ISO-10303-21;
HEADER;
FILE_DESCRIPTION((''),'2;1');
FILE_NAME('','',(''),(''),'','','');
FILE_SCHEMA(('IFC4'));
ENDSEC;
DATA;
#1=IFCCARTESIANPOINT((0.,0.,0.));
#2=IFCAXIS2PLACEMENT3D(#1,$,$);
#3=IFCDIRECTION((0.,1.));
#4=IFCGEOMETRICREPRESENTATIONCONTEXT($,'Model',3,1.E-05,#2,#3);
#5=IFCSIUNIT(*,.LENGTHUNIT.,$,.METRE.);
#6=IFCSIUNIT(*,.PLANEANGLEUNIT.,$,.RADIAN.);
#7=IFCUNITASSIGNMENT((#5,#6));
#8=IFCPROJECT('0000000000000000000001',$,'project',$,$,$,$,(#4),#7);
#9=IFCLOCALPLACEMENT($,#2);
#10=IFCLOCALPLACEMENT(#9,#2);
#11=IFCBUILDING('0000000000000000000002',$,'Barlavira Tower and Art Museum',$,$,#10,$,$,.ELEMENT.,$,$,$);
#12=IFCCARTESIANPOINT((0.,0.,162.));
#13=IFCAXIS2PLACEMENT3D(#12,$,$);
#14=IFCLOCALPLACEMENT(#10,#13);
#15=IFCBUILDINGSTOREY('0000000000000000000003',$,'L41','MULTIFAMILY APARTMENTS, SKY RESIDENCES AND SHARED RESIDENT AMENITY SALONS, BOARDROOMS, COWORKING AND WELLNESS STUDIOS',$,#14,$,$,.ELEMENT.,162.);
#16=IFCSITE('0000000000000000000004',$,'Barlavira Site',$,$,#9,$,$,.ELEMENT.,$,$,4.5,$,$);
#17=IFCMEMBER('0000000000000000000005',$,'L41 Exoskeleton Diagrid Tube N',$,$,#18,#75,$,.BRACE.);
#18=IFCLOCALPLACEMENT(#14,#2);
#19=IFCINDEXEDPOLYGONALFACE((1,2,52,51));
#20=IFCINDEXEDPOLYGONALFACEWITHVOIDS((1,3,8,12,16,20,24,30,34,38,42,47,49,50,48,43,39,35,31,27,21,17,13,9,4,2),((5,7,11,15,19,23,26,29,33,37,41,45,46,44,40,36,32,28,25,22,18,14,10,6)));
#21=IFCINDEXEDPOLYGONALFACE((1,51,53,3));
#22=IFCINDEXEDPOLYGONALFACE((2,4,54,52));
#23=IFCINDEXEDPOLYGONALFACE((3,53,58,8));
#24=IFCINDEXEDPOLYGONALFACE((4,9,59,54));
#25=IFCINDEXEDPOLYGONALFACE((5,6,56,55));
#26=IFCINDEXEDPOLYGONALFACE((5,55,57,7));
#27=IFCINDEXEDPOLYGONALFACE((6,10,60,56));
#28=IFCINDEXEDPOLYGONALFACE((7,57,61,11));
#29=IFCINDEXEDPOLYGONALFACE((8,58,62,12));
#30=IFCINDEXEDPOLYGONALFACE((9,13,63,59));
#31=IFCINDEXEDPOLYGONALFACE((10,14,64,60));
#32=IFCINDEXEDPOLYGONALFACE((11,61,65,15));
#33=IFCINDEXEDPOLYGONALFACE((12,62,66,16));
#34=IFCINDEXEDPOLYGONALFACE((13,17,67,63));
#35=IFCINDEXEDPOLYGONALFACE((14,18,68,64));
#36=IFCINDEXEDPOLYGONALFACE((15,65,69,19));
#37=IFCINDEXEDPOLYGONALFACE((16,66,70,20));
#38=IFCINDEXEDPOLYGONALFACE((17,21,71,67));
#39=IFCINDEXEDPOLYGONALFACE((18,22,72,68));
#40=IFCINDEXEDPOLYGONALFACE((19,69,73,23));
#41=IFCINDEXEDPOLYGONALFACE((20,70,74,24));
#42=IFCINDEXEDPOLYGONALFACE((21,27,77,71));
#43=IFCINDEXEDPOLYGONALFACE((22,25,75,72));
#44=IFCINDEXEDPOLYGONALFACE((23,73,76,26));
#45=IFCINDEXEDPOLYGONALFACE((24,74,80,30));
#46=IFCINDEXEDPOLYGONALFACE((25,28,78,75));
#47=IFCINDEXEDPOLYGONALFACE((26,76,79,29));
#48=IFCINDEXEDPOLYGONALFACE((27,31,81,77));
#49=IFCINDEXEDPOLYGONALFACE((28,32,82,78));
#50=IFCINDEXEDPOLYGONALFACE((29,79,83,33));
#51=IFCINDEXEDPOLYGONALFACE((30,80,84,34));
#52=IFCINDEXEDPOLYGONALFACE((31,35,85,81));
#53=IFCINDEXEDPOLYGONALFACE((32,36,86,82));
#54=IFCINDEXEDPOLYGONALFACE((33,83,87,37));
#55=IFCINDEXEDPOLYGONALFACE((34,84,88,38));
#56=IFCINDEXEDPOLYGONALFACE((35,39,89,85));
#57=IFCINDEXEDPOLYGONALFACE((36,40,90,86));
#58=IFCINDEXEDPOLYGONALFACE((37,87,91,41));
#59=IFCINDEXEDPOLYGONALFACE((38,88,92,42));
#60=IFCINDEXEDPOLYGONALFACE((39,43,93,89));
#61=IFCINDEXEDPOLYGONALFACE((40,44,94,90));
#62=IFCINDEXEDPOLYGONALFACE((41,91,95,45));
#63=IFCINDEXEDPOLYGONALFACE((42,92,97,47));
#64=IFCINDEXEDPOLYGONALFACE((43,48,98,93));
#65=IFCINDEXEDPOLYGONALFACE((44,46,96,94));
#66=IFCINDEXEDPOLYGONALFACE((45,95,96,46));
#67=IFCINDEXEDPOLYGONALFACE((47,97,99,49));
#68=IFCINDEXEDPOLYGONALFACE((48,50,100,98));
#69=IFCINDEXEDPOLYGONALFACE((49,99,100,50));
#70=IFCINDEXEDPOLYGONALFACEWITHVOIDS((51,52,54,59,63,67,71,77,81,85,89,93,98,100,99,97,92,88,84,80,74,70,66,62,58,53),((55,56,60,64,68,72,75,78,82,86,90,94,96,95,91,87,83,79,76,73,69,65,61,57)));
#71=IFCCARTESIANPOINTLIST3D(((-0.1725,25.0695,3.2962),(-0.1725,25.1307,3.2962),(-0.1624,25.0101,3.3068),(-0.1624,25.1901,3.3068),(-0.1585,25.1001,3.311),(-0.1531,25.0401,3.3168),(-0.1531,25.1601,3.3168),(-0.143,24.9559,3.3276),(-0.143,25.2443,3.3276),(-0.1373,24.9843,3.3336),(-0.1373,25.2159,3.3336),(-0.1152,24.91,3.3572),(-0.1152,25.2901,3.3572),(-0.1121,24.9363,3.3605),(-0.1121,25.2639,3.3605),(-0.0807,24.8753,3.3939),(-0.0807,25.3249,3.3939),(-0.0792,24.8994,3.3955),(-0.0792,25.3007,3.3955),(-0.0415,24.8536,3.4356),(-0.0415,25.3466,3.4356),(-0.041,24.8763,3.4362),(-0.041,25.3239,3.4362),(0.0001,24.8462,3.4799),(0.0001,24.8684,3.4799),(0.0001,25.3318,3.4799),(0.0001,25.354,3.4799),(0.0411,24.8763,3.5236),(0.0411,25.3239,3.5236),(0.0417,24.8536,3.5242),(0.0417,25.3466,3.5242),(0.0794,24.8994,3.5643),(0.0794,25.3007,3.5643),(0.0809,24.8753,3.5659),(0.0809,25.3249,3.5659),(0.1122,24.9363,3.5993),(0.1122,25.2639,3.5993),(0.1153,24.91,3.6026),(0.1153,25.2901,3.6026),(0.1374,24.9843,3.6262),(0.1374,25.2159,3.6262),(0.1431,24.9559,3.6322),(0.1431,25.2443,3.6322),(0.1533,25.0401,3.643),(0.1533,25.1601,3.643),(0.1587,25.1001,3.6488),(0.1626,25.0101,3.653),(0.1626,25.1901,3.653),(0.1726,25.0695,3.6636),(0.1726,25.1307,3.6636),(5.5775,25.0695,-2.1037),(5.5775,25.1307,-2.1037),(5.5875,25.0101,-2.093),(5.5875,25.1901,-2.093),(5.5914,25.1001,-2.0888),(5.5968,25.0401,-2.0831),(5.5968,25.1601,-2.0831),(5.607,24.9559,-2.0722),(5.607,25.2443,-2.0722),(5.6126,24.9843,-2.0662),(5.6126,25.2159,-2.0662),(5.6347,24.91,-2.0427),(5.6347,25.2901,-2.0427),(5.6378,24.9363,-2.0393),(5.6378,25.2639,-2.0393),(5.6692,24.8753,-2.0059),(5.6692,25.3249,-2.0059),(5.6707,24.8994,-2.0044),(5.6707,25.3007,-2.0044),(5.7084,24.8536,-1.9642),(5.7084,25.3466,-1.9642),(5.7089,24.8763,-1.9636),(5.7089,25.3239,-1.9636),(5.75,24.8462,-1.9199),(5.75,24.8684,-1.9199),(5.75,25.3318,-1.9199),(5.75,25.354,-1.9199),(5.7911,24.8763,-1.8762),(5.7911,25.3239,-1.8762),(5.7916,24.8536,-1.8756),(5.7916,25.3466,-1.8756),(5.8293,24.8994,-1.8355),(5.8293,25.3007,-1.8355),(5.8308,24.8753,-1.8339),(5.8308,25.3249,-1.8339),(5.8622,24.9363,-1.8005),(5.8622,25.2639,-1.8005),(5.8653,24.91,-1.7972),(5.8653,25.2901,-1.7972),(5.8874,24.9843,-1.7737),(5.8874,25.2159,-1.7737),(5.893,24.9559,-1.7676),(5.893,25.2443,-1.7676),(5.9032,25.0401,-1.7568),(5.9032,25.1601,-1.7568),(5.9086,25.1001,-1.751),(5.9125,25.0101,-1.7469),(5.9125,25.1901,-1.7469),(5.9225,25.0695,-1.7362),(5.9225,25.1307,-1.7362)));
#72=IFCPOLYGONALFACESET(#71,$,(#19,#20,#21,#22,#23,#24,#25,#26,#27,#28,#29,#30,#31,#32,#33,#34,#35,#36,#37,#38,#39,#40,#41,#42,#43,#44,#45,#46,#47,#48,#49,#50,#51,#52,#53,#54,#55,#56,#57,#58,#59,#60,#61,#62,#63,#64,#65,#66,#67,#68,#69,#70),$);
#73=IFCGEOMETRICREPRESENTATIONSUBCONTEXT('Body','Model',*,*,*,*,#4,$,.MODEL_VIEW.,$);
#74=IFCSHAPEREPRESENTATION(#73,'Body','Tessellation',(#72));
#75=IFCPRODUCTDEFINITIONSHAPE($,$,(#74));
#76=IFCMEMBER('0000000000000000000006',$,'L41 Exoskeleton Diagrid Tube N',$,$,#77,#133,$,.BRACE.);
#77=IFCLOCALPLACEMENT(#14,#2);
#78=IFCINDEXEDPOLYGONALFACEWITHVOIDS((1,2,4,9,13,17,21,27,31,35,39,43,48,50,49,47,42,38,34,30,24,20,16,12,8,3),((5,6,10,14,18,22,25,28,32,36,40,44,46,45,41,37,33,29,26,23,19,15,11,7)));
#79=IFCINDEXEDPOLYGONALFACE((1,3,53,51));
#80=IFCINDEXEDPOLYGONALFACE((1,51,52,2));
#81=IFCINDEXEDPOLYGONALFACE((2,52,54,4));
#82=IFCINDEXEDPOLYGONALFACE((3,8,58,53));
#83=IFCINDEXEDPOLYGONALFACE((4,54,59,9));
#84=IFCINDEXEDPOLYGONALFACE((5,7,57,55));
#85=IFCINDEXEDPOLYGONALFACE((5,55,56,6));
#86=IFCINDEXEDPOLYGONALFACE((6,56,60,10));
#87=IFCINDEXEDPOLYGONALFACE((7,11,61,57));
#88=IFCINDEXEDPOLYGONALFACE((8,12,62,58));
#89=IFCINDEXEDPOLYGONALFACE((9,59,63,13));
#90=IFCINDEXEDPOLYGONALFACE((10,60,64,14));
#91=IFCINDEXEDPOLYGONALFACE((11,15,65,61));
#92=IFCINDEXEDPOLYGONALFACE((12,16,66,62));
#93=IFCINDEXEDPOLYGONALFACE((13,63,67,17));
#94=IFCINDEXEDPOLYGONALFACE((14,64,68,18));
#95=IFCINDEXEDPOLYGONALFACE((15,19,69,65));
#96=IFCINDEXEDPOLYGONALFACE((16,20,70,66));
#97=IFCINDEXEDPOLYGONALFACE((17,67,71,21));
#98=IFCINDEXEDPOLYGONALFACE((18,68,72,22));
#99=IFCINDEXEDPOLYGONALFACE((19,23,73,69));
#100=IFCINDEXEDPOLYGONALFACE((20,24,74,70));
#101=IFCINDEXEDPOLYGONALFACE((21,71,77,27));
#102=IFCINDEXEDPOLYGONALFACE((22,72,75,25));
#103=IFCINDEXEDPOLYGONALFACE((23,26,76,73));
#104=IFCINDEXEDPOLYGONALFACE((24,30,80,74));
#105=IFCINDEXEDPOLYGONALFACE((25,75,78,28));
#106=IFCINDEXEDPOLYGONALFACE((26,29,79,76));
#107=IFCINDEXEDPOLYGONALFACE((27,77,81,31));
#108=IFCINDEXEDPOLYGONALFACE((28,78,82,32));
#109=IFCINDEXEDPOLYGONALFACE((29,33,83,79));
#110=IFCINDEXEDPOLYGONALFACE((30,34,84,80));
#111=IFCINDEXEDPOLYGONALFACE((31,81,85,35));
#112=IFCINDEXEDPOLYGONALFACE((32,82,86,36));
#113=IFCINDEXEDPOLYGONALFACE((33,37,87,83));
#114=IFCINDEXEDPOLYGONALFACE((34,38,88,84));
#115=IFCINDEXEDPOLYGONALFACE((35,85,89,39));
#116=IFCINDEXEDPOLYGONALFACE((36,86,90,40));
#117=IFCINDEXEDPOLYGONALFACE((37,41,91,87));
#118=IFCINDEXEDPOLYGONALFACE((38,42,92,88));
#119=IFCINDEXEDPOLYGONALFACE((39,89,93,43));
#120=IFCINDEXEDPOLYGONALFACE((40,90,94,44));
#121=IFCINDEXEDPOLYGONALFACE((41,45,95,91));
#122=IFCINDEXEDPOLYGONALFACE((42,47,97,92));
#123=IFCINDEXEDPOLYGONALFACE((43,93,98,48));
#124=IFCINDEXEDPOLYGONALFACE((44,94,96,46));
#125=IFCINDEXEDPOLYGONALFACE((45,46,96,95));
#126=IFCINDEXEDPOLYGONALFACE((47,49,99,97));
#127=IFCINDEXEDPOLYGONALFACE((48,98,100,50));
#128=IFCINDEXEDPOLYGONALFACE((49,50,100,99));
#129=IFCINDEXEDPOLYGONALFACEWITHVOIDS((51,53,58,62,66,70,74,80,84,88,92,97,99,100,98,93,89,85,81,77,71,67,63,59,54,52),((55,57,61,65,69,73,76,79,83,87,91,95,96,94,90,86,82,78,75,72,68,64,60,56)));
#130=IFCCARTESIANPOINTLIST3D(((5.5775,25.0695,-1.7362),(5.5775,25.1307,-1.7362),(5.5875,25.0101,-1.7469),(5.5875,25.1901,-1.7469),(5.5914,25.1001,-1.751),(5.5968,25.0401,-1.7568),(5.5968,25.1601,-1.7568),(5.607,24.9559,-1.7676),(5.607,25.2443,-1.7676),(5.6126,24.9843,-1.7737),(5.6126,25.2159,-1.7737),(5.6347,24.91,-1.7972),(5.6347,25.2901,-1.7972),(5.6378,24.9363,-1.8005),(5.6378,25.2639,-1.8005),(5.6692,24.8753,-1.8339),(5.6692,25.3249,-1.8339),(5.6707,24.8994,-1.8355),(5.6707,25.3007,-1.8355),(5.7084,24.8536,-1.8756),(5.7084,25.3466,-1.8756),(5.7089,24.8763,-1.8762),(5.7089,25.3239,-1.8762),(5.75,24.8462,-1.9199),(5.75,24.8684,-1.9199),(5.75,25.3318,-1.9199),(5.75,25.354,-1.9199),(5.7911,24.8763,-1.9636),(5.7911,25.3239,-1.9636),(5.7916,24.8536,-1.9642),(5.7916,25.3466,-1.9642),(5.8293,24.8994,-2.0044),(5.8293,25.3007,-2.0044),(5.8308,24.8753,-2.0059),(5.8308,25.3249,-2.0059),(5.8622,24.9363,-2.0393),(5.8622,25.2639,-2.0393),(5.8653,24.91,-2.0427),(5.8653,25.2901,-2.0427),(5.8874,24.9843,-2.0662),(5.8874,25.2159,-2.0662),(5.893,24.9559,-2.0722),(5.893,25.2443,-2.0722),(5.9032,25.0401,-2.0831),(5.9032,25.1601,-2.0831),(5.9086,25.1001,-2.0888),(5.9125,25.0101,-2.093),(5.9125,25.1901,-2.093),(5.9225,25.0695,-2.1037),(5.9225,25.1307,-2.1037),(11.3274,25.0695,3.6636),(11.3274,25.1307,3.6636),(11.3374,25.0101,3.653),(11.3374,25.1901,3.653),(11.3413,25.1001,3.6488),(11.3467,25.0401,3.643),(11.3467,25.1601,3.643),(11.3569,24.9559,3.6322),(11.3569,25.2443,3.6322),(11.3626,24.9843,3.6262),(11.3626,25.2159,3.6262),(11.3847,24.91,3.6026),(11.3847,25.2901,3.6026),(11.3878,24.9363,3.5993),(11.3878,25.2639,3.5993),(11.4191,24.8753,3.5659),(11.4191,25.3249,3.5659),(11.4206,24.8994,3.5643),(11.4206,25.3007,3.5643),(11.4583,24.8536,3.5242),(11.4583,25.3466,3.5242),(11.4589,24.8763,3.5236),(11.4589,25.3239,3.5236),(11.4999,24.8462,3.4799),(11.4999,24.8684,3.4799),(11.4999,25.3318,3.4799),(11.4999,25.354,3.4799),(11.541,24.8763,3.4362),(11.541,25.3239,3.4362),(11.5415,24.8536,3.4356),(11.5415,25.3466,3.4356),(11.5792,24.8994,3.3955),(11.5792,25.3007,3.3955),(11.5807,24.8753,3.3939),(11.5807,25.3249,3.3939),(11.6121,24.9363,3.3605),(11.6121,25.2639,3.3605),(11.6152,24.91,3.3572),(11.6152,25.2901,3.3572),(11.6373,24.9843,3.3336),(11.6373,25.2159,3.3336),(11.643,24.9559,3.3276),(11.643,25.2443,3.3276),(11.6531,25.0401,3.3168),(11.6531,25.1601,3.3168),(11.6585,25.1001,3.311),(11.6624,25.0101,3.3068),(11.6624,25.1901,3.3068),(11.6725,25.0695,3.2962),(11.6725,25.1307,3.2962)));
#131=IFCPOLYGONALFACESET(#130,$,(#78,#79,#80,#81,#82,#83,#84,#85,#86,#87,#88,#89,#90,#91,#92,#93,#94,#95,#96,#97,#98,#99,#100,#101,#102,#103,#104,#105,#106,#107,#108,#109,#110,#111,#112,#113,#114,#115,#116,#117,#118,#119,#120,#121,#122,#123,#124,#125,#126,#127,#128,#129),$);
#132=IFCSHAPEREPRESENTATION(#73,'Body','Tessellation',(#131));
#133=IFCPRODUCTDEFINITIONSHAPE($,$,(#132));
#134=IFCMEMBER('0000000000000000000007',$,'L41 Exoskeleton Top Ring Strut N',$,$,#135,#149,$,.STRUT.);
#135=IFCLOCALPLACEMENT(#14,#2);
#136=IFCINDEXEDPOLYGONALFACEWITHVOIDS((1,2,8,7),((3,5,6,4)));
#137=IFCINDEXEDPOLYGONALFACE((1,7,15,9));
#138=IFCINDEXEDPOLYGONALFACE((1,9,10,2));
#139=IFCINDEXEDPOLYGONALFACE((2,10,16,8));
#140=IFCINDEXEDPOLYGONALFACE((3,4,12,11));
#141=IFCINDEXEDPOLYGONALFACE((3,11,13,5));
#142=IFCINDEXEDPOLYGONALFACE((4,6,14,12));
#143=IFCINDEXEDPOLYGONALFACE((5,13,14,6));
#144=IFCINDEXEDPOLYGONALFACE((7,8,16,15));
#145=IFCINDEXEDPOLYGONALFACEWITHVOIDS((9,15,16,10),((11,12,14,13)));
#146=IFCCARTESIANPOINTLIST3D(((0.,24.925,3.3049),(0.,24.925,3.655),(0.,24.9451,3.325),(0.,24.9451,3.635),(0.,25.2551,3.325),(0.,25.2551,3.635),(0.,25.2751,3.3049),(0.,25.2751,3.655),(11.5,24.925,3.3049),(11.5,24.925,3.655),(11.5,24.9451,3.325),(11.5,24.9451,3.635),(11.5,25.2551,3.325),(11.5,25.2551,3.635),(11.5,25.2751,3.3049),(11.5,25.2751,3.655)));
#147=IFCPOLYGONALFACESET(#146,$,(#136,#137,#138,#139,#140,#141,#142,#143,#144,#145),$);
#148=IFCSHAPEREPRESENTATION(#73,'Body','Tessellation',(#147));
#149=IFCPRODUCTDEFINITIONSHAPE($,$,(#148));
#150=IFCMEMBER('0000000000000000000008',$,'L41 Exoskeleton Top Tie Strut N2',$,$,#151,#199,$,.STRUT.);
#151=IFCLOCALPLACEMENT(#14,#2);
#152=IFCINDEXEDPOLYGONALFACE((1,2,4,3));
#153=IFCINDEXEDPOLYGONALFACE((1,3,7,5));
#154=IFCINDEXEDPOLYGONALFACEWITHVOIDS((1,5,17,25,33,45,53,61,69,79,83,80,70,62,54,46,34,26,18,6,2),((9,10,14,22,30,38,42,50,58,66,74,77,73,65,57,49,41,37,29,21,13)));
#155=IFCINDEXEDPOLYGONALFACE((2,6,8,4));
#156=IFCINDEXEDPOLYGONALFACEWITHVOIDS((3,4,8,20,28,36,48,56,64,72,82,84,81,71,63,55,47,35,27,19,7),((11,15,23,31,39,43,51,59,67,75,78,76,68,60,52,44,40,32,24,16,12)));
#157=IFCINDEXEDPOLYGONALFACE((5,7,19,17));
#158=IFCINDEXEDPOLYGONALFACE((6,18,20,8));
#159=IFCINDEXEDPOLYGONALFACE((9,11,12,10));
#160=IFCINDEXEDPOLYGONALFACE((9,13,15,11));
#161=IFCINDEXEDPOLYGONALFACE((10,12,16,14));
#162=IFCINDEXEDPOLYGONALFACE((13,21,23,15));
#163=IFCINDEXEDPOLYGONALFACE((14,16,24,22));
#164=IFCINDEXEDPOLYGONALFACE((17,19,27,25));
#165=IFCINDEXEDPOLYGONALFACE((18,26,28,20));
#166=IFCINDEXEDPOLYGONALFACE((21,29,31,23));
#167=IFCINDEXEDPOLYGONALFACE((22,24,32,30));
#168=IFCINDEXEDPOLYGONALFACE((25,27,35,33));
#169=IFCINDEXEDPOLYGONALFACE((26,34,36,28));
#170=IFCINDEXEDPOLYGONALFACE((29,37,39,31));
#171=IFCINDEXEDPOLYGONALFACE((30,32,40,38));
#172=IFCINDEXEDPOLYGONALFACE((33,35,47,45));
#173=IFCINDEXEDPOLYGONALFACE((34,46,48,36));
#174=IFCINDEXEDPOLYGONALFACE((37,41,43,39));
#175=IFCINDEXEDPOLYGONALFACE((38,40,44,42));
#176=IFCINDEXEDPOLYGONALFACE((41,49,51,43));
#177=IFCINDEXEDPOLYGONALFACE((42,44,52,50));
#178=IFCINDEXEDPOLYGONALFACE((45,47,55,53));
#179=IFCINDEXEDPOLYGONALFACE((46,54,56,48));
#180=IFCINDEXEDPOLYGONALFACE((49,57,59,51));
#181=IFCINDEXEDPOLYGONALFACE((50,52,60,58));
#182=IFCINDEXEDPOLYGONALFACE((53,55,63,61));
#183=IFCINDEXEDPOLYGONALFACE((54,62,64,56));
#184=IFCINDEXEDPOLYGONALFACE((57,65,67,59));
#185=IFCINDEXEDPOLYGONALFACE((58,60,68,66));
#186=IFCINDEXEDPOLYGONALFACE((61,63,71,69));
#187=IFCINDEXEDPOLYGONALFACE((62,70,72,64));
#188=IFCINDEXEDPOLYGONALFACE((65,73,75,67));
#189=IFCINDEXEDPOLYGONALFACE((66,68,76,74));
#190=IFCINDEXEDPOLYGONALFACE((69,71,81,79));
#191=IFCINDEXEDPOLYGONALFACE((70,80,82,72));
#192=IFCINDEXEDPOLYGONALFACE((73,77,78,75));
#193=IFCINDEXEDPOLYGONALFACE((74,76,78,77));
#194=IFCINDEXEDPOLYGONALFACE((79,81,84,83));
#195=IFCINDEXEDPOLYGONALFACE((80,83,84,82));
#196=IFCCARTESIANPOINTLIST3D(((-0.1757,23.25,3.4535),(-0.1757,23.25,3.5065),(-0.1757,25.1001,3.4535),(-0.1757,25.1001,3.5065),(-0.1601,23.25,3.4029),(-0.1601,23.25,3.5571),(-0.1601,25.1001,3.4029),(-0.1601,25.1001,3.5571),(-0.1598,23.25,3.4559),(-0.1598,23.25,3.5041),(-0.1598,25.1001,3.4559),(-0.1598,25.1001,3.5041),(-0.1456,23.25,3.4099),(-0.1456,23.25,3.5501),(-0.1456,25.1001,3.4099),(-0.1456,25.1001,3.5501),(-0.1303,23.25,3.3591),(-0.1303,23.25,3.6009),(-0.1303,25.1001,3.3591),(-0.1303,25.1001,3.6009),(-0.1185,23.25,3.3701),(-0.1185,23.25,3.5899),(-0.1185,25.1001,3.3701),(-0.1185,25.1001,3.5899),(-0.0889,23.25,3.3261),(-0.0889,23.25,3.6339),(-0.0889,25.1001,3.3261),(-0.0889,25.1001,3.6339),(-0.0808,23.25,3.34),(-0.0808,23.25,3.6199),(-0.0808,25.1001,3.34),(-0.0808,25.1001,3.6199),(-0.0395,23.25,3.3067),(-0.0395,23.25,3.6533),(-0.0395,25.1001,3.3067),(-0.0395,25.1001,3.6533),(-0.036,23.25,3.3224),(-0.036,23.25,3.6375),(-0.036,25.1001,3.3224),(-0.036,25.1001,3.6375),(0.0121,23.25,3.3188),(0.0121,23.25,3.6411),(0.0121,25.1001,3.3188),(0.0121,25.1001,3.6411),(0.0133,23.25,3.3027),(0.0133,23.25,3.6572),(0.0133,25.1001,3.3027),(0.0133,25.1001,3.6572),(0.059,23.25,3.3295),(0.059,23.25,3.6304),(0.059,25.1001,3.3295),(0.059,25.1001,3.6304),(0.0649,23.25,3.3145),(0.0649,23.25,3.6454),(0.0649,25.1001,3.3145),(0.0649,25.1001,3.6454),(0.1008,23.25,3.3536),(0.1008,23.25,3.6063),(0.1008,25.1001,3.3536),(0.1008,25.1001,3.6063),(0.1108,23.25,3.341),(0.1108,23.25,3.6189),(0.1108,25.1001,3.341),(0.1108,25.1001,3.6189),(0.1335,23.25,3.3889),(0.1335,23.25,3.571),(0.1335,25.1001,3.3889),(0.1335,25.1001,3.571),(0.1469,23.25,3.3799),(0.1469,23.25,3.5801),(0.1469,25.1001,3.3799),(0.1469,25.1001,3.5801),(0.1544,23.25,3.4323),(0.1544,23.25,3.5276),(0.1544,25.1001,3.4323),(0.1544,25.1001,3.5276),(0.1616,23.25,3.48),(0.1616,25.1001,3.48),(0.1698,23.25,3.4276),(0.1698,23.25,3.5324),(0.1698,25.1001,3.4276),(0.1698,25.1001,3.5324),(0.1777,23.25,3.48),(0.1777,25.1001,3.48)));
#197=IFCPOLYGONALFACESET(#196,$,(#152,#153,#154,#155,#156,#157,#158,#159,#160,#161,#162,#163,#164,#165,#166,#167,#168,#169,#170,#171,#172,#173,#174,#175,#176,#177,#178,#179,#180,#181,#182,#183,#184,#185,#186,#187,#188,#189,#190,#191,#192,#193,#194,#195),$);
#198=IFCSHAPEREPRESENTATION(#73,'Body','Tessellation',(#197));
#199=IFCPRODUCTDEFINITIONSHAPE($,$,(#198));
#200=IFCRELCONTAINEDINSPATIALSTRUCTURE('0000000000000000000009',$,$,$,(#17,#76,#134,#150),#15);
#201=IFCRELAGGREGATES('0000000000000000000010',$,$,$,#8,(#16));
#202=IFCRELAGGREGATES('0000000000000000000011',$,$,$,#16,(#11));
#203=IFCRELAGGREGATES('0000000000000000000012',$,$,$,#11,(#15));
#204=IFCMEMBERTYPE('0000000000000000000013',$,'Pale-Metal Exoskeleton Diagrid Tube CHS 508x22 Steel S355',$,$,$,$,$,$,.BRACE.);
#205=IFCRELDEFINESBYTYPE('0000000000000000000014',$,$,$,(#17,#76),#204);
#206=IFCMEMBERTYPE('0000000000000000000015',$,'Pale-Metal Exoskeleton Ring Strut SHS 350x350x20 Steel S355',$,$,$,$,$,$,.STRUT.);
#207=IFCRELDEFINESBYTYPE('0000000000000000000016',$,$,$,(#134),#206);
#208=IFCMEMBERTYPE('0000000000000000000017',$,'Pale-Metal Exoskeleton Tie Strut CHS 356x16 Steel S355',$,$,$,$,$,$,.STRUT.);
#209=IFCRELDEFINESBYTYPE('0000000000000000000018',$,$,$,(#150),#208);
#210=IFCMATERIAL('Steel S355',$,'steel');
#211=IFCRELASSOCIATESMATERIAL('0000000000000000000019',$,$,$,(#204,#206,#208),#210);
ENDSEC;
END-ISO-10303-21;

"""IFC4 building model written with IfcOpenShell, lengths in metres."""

from ifc_helpers import new_model, si_unit, direction, frame, origin, origin_2d, place, context, subcontext, project, spatial, hollow_rectangle, hollow_circle, extrude, material, material_profile, profile_set, type_object, element, save


model = new_model("IFC4")

# Units and contexts
model_context = context("Model", 3, precision=1e-05, world=origin(), true_north=direction((0.0, 1.0)))
body_context = subcontext(model_context, "Body", "Model", "MODEL_VIEW")
ifc_project = project(units=[si_unit("LENGTHUNIT", "METRE"), si_unit("PLANEANGLEUNIT", "RADIAN")], contexts=[model_context])

# Site, building, storey
site_placement = place(None, origin())
site = spatial("IfcSite", under=ifc_project, at=site_placement, Name="Barlavira Site", CompositionType="ELEMENT", RefElevation=4.5)
building_placement = place(site_placement, origin())
building = spatial("IfcBuilding", under=site, at=building_placement, Name="Barlavira Tower and Art Museum", CompositionType="ELEMENT")
storey_placement = place(building_placement, frame((0.0, 0.0, 162.0)))
storey = spatial("IfcBuildingStorey", under=building, at=storey_placement, Name="L41", Description="MULTIFAMILY APARTMENTS, SKY RESIDENCES AND SHARED RESIDENT AMENITY SALONS, BOARDROOMS, COWORKING AND WELLNESS STUDIOS", CompositionType="ELEMENT", Elevation=162.0)

# Members
ifc_material_1 = material(Name="Steel S355", Category="steel")
ifc_material_profile_1 = material_profile(ifc_material_1, hollow_circle(Radius=0.2539, WallThickness=0.0222, at=origin_2d()), Name="CHS 508.0x22.2")
ifc_profile_set_1 = profile_set([ifc_material_profile_1], Name="Steel S355")
member_type_1 = type_object("IfcMemberType", Name="Pale-Metal Exoskeleton Diagrid Tube CHS 508x22 Steel S355", PredefinedType="BRACE", material=ifc_profile_set_1)
for number, where, z_axis, x_axis, name in (
    (1, (5.75, 25.1001, -1.9199), (-0.72895, 0.0, 0.684567), (0.0, -1.0, 0.0), "L41 Exoskeleton Diagrid Tube N"),
    (2, (5.75, 25.1001, -1.9199), (0.72895, 0.0, 0.684567), (0.0, 1.0, 0.0), "L41 Exoskeleton Diagrid Tube N"),
):
    element("IfcMember", number, at=place(storey_placement, frame(where, z_axis=z_axis, x_axis=x_axis)), inside=storey, type_object=member_type_1, Name=name, PredefinedType="BRACE", context=body_context, shape_type="SweptSolid", body=[
        extrude(hollow_circle(Radius=0.2539, WallThickness=0.0222, at=origin_2d()), origin(), (0.0, 0.0, 1.0), 7.8879),
    ])
ifc_material_profile_2 = material_profile(ifc_material_1, hollow_rectangle(XDim=0.3501, YDim=0.3501, WallThickness=0.02, at=origin_2d()), Name="SHS 350x350x20.0")
ifc_profile_set_2 = profile_set([ifc_material_profile_2], Name="Steel S355")
member_type_2 = type_object("IfcMemberType", Name="Pale-Metal Exoskeleton Ring Strut SHS 350x350x20 Steel S355", PredefinedType="STRUT", material=ifc_profile_set_2)
member_1_placement = place(storey_placement, frame((0.0, 25.1001, 3.48), z_axis=(1.0, 0.0, 0.0), x_axis=(0.0, 1.0, 0.0)))
element("IfcMember", 3, at=member_1_placement, inside=storey, type_object=member_type_2, Name="L41 Exoskeleton Top Ring Strut N", PredefinedType="STRUT", context=body_context, shape_type="SweptSolid", body=[
    extrude(hollow_rectangle(XDim=0.3501, YDim=0.3501, WallThickness=0.02, at=origin_2d()), origin(), (0.0, 0.0, 1.0), 11.5),
])
ifc_material_profile_3 = material_profile(ifc_material_1, hollow_circle(Radius=0.1777, WallThickness=0.0161, at=origin_2d()), Name="CHS 355.6x16.0")
ifc_profile_set_3 = profile_set([ifc_material_profile_3], Name="Steel S355")
member_type_3 = type_object("IfcMemberType", Name="Pale-Metal Exoskeleton Tie Strut CHS 356x16 Steel S355", PredefinedType="STRUT", material=ifc_profile_set_3)
member_2_placement = place(storey_placement, frame((0.0, 25.1001, 3.48), z_axis=(0.0, -1.0, 0.0), x_axis=(1.0, 0.0, 0.0)))
element("IfcMember", 4, at=member_2_placement, inside=storey, type_object=member_type_3, Name="L41 Exoskeleton Top Tie Strut N2", PredefinedType="STRUT", context=body_context, shape_type="SweptSolid", body=[
    extrude(hollow_circle(Radius=0.1777, WallThickness=0.0161, at=origin_2d()), origin(), (0.0, 0.0, 1.0), 1.8501),
])

save(model, "model.ifc")
